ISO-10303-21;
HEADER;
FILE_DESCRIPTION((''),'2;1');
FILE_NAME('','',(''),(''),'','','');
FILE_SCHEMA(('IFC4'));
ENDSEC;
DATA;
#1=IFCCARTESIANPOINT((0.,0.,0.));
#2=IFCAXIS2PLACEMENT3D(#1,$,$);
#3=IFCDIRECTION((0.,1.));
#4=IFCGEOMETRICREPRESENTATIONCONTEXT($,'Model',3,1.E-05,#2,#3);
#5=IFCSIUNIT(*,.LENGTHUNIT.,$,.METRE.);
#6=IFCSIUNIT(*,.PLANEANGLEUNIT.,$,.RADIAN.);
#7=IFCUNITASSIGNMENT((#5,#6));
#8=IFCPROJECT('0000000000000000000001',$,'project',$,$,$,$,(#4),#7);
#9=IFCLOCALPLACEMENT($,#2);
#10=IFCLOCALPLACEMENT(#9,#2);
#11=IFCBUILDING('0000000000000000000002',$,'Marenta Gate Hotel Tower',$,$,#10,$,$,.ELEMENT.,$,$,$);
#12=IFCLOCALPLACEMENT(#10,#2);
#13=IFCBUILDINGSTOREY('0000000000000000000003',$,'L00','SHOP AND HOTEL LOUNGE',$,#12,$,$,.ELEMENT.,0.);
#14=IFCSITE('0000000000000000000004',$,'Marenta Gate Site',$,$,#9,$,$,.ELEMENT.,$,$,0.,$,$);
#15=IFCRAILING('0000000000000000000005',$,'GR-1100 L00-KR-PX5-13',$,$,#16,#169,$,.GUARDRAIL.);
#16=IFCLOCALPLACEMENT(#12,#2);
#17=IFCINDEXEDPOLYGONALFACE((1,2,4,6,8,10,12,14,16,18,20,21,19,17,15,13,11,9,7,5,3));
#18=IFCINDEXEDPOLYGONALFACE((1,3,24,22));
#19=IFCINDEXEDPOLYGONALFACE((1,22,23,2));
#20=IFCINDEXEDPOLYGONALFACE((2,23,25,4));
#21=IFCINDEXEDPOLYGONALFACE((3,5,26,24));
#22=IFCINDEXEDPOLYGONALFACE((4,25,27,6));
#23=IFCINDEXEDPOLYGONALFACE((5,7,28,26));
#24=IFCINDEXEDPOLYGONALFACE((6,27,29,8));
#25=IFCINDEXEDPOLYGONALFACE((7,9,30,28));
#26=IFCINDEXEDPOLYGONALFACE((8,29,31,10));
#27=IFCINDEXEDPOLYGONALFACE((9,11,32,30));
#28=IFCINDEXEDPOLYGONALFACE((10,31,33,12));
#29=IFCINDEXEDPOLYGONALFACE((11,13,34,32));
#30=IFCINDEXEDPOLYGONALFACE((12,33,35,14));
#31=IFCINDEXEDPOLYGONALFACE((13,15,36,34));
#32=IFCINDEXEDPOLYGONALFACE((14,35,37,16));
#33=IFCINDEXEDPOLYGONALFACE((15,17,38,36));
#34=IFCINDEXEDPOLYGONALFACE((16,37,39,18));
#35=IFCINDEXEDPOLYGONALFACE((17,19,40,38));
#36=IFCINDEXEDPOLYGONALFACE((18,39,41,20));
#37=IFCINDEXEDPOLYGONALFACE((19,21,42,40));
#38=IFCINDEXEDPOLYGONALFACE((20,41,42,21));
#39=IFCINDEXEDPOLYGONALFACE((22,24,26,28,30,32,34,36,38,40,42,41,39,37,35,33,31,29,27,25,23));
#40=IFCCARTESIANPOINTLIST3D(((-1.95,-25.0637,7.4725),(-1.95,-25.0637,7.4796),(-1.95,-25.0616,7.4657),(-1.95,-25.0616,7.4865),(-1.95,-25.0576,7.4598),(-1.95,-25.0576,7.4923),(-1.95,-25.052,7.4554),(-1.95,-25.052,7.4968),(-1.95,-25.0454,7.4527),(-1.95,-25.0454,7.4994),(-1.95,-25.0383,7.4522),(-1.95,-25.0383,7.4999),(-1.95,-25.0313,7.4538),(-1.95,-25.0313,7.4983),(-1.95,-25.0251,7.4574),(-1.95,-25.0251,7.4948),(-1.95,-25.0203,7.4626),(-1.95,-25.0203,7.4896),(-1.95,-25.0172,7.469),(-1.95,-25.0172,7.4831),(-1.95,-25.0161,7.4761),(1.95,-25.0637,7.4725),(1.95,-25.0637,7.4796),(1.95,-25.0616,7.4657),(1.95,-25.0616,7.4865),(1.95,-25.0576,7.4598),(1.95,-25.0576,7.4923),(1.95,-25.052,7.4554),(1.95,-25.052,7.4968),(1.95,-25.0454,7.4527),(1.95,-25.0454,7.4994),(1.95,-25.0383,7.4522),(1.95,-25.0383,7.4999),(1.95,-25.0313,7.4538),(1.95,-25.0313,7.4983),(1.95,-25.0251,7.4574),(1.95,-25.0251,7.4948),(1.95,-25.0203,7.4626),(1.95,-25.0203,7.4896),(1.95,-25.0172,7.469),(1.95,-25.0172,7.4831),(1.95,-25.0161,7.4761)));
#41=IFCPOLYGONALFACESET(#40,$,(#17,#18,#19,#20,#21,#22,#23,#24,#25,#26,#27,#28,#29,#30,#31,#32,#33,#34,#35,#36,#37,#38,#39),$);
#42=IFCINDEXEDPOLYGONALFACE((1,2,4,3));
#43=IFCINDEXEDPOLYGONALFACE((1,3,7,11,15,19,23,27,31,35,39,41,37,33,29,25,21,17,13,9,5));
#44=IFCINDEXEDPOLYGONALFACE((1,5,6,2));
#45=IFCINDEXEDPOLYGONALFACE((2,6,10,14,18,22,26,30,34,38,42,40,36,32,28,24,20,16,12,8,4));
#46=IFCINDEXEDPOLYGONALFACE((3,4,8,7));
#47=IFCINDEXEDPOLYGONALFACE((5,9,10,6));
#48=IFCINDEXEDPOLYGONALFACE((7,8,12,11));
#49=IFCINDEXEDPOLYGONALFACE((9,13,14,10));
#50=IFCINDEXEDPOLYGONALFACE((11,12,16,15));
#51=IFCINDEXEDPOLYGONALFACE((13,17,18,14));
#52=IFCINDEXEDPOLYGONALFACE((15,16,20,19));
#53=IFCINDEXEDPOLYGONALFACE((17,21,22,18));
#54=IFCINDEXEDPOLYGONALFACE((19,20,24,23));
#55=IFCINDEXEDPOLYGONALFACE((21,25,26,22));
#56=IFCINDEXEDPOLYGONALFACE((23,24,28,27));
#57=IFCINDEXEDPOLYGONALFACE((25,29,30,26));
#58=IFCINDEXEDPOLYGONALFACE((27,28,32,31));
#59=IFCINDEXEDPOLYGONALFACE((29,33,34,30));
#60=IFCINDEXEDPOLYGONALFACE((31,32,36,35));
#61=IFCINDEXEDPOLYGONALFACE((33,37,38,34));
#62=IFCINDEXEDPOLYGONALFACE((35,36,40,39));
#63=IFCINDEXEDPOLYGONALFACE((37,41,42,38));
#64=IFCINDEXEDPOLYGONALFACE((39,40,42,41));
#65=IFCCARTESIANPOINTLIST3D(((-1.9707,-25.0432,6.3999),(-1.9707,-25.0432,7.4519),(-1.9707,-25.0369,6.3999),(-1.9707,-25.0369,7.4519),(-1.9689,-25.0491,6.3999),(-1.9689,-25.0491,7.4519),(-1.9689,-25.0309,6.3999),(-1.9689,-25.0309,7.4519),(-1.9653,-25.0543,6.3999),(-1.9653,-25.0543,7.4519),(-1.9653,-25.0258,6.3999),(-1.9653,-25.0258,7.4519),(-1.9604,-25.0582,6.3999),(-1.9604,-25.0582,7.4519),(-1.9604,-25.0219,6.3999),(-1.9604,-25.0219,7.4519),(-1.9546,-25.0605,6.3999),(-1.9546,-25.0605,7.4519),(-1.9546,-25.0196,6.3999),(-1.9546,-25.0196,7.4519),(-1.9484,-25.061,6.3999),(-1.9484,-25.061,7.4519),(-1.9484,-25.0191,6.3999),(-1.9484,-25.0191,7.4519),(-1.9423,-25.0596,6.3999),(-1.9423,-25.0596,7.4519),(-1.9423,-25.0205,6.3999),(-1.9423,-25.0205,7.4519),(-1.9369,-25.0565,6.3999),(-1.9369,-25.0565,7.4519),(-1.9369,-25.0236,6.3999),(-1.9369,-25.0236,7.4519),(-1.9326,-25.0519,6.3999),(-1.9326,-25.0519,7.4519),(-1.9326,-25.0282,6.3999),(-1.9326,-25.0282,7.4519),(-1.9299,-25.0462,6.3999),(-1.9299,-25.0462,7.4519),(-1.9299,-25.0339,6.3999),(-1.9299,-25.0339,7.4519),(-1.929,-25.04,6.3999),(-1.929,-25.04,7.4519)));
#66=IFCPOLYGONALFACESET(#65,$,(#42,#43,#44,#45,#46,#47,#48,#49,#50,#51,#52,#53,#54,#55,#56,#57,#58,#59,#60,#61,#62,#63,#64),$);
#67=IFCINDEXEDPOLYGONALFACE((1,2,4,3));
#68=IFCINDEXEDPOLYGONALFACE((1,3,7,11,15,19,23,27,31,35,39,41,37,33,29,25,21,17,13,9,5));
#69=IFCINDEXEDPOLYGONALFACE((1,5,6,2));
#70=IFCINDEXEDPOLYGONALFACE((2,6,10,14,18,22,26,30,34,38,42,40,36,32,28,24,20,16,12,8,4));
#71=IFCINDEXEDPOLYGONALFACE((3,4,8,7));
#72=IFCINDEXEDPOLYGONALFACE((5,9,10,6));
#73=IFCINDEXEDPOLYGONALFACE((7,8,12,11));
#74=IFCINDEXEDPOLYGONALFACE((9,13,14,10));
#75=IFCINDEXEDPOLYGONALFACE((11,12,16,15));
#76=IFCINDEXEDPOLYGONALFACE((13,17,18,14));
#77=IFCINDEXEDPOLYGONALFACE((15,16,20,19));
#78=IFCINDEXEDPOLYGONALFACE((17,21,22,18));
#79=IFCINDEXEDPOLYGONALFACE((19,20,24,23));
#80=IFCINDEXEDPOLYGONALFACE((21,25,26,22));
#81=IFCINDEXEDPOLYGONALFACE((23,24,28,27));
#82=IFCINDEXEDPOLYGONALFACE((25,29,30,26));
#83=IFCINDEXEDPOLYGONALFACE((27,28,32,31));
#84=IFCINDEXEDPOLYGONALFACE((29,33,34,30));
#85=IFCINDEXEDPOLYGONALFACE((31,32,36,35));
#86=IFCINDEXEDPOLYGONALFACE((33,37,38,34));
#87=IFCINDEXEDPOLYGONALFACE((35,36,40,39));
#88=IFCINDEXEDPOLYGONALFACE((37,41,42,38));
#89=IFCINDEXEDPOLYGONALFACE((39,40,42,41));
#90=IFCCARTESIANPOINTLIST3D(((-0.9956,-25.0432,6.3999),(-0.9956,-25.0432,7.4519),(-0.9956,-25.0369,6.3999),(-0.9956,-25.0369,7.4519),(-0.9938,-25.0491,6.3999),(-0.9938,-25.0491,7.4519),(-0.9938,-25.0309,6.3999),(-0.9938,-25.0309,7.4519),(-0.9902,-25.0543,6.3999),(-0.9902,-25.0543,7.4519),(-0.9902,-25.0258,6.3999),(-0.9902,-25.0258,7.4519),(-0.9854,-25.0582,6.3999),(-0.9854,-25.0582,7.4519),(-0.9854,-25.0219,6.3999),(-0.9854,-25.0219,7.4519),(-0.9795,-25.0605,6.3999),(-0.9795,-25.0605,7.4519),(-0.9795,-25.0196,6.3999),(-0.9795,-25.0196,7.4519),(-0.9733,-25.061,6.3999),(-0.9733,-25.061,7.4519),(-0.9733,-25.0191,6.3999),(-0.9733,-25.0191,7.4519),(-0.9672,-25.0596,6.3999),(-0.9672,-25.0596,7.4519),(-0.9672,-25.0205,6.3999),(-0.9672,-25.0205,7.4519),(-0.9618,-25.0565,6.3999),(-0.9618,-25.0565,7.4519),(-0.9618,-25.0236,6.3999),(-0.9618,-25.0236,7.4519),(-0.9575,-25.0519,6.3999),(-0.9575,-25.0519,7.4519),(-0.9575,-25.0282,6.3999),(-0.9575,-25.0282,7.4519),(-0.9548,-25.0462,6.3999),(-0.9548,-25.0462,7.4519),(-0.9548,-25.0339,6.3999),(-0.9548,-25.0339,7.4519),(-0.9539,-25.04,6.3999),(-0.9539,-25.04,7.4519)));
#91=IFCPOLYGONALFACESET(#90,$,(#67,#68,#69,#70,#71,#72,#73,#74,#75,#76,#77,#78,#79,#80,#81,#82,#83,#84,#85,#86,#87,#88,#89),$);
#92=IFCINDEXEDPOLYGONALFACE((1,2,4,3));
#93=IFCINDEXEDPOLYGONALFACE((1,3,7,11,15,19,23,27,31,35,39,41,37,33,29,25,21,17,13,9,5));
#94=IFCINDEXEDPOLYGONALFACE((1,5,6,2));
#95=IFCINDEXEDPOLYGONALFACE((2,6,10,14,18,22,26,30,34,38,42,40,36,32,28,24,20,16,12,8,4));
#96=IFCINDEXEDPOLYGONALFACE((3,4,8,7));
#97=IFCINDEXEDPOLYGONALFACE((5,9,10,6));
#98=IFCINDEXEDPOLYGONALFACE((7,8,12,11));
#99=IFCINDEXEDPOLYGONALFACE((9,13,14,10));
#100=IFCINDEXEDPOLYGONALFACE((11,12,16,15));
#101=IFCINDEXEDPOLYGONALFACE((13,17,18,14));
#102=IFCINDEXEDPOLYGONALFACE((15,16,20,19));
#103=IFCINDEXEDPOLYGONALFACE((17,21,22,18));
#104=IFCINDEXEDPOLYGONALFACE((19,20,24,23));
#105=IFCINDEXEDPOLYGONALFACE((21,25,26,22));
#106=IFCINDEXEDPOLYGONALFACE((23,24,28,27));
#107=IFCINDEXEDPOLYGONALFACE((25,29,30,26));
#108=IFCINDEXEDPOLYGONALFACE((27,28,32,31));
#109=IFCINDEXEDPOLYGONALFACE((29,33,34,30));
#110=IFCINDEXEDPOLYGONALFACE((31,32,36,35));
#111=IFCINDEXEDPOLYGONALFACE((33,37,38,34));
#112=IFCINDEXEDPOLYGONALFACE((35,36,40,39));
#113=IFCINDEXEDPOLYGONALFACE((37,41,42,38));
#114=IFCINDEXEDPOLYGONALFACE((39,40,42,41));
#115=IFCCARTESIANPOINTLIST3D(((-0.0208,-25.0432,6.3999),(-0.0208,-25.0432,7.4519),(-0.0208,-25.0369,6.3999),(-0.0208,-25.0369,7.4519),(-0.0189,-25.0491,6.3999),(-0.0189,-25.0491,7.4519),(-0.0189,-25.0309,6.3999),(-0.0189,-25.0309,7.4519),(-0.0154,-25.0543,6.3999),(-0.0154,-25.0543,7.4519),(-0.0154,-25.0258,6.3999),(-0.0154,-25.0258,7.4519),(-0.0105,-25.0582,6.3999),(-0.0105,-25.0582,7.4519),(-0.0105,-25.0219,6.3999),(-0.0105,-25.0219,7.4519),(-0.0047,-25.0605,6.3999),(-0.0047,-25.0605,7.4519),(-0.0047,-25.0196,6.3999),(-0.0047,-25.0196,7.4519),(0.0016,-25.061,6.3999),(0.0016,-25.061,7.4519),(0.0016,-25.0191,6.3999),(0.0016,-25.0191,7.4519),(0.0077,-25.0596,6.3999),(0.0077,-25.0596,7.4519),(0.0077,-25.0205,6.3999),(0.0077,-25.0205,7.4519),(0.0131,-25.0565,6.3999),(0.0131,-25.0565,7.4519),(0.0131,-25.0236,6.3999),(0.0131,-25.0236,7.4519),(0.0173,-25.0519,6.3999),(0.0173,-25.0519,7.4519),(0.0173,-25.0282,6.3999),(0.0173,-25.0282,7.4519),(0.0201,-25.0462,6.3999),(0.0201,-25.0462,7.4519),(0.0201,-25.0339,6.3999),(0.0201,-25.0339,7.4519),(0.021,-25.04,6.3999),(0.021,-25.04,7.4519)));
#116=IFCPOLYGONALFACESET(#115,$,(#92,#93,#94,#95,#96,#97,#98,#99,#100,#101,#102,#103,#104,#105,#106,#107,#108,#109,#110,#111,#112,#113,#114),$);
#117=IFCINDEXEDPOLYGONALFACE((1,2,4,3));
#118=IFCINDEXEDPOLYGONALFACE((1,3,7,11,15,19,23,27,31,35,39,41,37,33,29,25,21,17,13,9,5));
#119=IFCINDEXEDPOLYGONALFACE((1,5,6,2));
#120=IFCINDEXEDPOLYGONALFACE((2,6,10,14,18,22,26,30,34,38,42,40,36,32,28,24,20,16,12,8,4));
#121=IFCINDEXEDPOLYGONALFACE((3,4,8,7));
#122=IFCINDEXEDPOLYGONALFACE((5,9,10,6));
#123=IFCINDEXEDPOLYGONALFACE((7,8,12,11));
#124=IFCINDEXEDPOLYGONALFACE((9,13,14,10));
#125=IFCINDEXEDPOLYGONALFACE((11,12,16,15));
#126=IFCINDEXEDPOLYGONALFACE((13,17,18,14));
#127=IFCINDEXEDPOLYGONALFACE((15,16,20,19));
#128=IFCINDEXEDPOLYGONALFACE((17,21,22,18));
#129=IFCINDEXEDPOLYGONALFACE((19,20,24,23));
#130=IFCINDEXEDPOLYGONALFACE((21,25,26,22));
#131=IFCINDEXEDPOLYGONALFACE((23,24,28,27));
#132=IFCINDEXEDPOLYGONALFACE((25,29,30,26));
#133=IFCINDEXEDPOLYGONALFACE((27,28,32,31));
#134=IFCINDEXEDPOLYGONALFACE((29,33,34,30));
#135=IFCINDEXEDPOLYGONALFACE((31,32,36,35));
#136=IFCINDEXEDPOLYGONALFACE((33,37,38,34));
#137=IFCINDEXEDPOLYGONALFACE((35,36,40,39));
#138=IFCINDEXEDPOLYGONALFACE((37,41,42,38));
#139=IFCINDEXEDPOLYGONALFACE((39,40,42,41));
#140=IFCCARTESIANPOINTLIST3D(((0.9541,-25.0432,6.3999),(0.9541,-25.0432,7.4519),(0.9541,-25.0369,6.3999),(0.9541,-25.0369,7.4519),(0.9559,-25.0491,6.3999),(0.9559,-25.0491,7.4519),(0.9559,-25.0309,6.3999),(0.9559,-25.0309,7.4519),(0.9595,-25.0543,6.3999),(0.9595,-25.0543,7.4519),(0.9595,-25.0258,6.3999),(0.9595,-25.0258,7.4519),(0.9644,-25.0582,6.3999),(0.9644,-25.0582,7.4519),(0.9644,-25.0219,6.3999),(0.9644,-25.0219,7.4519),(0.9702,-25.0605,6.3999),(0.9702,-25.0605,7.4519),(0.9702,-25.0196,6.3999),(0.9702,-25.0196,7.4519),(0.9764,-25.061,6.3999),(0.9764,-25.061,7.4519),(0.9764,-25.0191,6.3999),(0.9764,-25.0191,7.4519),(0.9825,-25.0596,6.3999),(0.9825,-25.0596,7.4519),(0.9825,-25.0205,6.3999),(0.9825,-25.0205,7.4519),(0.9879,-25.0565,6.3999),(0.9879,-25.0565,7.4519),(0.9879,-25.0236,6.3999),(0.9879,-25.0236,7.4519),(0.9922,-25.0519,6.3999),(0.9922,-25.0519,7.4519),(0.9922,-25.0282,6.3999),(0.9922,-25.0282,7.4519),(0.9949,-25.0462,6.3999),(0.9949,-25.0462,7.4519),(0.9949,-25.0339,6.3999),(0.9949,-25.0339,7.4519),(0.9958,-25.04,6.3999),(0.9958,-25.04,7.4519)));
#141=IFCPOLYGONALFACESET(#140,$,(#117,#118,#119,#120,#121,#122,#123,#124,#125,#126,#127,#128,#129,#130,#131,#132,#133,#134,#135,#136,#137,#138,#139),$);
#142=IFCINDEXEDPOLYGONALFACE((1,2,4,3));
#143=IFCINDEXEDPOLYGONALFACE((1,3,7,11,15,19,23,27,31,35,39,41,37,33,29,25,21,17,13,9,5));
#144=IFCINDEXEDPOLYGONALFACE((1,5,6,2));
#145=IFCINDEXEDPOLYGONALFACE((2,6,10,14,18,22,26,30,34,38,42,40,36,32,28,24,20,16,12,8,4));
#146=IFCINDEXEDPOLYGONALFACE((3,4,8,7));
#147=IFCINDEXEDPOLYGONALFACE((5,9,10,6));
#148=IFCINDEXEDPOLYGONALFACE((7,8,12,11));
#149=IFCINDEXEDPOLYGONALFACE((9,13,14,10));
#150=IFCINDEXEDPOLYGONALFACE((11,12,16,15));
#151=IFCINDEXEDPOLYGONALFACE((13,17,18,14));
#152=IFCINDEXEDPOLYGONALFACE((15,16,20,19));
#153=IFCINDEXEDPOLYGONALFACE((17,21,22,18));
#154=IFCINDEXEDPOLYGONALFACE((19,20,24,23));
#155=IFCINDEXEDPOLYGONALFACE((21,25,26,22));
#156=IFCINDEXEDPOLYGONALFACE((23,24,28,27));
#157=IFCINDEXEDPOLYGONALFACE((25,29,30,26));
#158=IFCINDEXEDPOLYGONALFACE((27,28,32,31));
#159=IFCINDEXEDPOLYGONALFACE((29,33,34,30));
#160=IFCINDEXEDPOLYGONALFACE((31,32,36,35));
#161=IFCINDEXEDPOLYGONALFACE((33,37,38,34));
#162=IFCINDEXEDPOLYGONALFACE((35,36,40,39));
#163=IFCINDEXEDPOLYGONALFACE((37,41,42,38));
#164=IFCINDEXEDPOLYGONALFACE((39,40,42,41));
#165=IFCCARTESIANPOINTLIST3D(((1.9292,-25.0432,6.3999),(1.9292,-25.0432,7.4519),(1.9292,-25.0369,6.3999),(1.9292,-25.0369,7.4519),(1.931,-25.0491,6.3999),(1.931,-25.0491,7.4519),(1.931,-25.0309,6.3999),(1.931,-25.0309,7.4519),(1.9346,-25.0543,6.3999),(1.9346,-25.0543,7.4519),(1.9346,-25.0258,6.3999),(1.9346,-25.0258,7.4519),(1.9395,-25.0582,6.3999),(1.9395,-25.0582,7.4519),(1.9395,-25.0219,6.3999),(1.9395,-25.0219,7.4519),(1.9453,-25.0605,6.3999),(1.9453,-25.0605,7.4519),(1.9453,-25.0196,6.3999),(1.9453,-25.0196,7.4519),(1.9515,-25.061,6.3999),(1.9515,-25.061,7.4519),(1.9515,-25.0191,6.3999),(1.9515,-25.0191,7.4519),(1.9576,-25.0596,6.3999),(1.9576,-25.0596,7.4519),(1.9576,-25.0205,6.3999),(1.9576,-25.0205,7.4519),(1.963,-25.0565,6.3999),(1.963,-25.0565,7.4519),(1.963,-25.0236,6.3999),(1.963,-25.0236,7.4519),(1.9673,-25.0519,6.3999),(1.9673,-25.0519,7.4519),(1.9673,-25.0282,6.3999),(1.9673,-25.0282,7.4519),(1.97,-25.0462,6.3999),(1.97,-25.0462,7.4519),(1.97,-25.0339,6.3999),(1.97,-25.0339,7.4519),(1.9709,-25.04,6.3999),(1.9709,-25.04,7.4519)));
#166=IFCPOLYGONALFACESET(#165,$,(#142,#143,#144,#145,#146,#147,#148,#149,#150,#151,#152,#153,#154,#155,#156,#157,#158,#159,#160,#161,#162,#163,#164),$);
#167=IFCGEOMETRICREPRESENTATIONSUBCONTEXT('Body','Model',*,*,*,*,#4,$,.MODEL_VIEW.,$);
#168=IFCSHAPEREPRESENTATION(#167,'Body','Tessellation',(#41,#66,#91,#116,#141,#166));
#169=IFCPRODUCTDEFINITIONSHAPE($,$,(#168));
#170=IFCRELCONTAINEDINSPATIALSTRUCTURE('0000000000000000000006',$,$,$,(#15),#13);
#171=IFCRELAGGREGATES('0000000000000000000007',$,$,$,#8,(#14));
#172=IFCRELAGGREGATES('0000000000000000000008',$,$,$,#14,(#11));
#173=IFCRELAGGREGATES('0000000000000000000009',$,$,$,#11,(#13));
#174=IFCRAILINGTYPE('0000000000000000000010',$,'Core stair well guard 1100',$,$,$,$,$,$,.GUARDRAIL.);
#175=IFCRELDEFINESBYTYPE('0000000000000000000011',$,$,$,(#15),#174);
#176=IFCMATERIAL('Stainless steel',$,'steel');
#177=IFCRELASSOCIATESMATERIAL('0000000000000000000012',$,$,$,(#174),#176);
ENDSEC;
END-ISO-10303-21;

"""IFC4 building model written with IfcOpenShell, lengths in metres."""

from ifc_helpers import new_model, si_unit, direction, frame, origin, origin_2d, place, context, subcontext, project, spatial, circle, extrude, material, type_object, element, save


model = new_model("IFC4")

# Units and contexts
model_context = context("Model", 3, precision=1e-05, world=origin(), true_north=direction((0.0, 1.0)))
body_context = subcontext(model_context, "Body", "Model", "MODEL_VIEW")
ifc_project = project(units=[si_unit("LENGTHUNIT", "METRE"), si_unit("PLANEANGLEUNIT", "RADIAN")], contexts=[model_context])

# Site, building, storey
site_placement = place(None, origin())
site = spatial("IfcSite", under=ifc_project, at=site_placement, Name="Marenta Gate Site", CompositionType="ELEMENT", RefElevation=0.0)
building_placement = place(site_placement, origin())
building = spatial("IfcBuilding", under=site, at=building_placement, Name="Marenta Gate Hotel Tower", CompositionType="ELEMENT")
storey_placement = place(building_placement, origin())
storey = spatial("IfcBuildingStorey", under=building, at=storey_placement, Name="L00", Description="SHOP AND HOTEL LOUNGE", CompositionType="ELEMENT", Elevation=0.0)

# Railing
ifc_material_1 = material(Name="Stainless steel", Category="steel")
railing_type = type_object("IfcRailingType", Name="Core stair well guard 1100", PredefinedType="GUARDRAIL", material=ifc_material_1)
for number, where, name in (
    (1, (-1.95, -25.04, 6.3999), "GR-1100 L00-KR-PX5-13"),
):
    element("IfcRailing", number, at=place(storey_placement, frame(where)), inside=storey, type_object=railing_type, Name=name, PredefinedType="GUARDRAIL", context=body_context, shape_type="SweptSolid", body=[
        extrude(circle(Radius=0.0239, at=origin_2d()), frame((0.0, 0.0, 1.0762), z_axis=(1.0, 0.0, 0.0), x_axis=(0.0, 1.0, 0.0)), (0.0, 0.0, 1.0), 3.8999),
        extrude(circle(Radius=0.021, at=origin_2d()), origin(), (0.0, 0.0, 1.0), 1.052),
        extrude(circle(Radius=0.021, at=origin_2d()), frame((0.9751, 0.0, 0.0)), (0.0, 0.0, 1.0), 1.052),
        extrude(circle(Radius=0.021, at=origin_2d()), frame((1.95, 0.0, 0.0)), (0.0, 0.0, 1.0), 1.052),
        extrude(circle(Radius=0.021, at=origin_2d()), frame((2.9248, 0.0, 0.0)), (0.0, 0.0, 1.0), 1.052),
        extrude(circle(Radius=0.021, at=origin_2d()), frame((3.8999, 0.0, 0.0)), (0.0, 0.0, 1.0), 1.052),
    ])

save(model, "model.ifc")
